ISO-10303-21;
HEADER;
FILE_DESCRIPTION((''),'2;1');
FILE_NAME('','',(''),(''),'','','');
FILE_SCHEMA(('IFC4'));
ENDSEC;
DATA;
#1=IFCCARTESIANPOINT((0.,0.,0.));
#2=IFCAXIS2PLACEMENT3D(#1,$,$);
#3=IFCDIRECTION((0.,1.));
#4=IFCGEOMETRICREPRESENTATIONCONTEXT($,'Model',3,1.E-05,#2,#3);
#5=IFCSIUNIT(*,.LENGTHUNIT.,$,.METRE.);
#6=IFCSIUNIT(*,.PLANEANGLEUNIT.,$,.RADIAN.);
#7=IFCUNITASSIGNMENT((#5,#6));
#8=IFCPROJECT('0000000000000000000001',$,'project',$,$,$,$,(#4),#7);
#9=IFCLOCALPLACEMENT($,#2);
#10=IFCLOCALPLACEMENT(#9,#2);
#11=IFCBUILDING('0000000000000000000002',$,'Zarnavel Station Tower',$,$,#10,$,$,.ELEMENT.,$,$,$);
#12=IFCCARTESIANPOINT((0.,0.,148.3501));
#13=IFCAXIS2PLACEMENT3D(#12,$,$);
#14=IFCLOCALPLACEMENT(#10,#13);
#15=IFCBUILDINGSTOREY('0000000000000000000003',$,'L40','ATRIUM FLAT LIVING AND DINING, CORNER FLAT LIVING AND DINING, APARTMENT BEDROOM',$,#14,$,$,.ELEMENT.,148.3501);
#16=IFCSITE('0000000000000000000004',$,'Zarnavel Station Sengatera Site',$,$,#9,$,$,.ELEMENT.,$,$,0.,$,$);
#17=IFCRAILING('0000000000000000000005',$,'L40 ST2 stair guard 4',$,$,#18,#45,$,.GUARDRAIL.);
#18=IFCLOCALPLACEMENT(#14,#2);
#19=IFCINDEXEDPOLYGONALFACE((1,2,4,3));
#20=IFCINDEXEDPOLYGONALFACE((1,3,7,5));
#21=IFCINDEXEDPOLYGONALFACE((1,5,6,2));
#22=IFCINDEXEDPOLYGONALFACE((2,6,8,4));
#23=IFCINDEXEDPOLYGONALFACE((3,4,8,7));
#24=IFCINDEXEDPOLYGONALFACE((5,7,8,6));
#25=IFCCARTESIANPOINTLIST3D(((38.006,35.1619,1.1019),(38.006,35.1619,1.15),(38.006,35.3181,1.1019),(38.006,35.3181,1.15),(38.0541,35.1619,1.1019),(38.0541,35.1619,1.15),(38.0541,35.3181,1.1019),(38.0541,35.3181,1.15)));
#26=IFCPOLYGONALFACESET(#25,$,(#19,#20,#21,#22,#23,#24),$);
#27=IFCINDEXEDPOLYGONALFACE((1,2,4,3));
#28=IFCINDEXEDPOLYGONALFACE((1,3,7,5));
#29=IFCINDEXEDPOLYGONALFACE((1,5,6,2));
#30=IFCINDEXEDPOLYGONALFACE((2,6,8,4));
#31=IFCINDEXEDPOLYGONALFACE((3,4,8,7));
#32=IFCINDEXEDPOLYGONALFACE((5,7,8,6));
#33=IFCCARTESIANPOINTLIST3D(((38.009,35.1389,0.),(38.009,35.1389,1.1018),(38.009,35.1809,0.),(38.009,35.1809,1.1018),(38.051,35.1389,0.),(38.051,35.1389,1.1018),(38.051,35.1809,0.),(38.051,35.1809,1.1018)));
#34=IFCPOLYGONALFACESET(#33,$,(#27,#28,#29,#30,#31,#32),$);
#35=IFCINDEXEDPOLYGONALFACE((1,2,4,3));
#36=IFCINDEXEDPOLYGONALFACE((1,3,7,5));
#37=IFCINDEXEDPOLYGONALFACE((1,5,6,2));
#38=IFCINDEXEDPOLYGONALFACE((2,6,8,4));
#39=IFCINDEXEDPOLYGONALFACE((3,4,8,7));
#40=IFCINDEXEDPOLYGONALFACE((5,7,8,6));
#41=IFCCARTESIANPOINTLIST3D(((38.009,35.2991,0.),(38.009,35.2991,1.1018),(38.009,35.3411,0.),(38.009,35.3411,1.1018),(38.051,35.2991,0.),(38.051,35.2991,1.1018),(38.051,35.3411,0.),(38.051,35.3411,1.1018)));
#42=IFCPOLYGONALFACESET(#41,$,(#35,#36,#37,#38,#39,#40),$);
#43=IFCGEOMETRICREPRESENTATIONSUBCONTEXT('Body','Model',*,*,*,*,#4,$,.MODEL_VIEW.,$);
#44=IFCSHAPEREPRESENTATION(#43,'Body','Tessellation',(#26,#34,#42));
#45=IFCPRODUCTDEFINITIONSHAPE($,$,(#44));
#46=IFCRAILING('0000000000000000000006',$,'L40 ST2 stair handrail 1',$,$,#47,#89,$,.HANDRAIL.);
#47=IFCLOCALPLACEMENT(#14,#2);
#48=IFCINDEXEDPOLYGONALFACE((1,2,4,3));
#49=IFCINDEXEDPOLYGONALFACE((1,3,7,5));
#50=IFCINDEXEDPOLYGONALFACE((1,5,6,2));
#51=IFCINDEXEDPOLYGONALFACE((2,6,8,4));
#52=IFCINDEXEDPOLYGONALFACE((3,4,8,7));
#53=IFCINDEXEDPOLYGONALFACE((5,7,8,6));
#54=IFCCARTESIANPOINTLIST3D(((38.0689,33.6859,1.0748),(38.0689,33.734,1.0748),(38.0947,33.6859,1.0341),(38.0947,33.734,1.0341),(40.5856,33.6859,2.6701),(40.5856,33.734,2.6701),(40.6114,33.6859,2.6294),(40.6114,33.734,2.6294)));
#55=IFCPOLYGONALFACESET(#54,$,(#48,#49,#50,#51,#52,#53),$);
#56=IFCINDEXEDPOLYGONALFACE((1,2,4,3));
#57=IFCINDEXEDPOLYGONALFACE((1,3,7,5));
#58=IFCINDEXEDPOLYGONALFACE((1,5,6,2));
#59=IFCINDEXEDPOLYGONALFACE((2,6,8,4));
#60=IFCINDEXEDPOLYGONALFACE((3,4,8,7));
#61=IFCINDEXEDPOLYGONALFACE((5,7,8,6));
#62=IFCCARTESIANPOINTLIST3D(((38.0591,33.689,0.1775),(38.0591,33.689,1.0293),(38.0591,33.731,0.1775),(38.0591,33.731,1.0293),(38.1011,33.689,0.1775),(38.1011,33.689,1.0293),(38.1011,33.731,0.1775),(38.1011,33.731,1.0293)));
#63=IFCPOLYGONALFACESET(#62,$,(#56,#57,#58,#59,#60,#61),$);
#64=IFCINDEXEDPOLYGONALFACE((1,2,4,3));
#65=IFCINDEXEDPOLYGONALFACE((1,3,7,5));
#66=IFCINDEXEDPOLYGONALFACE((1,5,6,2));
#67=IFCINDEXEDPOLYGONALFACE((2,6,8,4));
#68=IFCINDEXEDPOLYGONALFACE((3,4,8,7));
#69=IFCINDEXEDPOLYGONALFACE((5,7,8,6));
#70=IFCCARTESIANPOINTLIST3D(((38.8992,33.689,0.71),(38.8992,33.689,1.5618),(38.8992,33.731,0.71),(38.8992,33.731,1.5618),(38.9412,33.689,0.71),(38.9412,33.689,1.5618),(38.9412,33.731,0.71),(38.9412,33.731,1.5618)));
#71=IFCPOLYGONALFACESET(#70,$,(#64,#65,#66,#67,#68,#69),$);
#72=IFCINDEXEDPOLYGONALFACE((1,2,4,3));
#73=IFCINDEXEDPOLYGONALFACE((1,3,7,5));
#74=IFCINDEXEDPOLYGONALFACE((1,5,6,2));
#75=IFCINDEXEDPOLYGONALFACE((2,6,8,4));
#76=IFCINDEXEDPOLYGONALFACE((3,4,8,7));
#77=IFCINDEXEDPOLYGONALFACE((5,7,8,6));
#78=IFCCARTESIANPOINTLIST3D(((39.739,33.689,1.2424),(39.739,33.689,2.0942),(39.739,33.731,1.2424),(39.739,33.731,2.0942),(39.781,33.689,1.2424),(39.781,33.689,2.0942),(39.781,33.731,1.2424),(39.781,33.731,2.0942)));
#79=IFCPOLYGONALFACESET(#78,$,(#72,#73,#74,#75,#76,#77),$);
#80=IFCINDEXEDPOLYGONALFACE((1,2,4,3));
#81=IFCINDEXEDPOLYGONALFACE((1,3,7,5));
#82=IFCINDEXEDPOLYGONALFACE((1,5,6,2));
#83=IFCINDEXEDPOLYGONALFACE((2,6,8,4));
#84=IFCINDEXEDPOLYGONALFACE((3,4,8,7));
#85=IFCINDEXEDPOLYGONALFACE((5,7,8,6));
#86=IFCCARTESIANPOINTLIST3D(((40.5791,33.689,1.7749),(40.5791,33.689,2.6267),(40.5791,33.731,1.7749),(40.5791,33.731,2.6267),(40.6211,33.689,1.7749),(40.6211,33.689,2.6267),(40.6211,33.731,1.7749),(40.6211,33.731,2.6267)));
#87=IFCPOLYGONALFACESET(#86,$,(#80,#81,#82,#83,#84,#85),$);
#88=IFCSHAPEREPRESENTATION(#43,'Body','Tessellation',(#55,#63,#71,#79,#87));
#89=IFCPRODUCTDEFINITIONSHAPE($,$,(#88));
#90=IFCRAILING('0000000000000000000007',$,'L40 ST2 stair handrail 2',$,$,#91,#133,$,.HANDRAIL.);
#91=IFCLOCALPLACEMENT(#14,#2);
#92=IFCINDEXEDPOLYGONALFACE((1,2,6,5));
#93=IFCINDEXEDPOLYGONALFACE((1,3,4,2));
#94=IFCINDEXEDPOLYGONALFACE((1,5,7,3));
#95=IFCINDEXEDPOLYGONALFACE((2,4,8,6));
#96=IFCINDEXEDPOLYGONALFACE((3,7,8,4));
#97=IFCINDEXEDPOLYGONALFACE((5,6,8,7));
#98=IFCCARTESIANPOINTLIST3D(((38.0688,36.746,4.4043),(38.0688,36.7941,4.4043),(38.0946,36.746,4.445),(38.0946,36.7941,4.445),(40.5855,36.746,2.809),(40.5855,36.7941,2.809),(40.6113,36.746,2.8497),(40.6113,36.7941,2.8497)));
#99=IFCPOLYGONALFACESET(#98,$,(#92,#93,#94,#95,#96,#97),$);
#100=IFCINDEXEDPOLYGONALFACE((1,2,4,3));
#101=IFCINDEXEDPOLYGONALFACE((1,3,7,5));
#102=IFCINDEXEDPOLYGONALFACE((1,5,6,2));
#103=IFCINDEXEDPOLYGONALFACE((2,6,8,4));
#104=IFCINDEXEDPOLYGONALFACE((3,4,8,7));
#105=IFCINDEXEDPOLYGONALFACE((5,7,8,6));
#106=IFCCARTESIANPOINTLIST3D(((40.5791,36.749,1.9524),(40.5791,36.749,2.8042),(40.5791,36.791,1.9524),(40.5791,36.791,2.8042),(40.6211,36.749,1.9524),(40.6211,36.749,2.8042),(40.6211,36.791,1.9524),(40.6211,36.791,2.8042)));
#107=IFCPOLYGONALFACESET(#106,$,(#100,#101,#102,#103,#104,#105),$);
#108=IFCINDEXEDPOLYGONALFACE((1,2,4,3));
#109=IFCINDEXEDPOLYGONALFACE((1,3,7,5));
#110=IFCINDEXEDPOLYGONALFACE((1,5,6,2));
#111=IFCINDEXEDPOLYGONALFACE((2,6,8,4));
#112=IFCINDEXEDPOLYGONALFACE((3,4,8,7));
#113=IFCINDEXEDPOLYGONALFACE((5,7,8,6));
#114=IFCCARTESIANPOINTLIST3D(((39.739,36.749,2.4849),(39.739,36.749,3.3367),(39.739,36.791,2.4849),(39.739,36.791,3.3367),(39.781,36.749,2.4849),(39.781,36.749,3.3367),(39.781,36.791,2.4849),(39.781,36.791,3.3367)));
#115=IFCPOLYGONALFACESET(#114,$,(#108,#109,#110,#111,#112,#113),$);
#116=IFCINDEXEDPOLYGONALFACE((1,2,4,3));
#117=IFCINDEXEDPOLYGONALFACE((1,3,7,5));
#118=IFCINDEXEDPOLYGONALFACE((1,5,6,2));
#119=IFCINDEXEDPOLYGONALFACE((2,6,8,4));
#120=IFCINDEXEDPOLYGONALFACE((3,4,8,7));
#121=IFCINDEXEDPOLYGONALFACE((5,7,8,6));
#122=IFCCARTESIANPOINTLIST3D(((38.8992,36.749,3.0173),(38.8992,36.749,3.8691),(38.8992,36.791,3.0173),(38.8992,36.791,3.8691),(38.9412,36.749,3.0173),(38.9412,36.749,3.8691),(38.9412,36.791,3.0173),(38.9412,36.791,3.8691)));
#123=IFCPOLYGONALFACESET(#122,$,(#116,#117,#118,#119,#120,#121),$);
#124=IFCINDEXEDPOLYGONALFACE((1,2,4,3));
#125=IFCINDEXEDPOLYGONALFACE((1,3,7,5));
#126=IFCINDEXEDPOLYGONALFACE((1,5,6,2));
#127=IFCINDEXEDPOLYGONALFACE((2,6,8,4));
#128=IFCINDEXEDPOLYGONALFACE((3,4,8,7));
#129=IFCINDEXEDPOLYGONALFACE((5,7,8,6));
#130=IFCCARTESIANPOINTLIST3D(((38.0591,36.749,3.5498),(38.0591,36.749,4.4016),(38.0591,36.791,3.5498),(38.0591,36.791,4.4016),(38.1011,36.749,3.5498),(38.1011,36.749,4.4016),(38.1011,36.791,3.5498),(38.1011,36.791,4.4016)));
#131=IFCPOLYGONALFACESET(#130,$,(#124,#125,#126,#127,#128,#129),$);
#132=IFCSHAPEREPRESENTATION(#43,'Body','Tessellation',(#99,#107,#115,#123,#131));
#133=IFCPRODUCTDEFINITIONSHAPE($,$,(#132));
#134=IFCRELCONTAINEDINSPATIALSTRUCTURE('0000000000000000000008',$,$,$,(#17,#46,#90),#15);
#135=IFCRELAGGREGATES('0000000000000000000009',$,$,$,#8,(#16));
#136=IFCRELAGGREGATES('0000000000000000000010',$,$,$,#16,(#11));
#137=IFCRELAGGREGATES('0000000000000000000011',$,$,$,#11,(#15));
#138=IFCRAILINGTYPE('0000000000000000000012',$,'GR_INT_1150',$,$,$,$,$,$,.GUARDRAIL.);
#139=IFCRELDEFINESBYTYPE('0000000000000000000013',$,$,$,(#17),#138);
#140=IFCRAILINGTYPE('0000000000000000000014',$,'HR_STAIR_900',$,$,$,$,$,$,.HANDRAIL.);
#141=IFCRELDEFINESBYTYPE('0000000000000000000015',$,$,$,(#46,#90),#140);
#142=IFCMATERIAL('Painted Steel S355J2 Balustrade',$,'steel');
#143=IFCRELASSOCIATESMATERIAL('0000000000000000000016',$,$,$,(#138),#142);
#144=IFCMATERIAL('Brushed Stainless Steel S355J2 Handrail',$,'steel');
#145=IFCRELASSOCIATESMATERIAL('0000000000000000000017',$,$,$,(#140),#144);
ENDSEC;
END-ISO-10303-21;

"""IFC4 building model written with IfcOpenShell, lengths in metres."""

from ifc_helpers import new_model, si_unit, direction, frame, origin, origin_2d, place, context, subcontext, project, spatial, rectangle, extrude, material, type_object, element, save


model = new_model("IFC4")

# Units and contexts
model_context = context("Model", 3, precision=1e-05, world=origin(), true_north=direction((0.0, 1.0)))
body_context = subcontext(model_context, "Body", "Model", "MODEL_VIEW")
ifc_project = project(units=[si_unit("LENGTHUNIT", "METRE"), si_unit("PLANEANGLEUNIT", "RADIAN")], contexts=[model_context])

# Site, building, storey
site_placement = place(None, origin())
site = spatial("IfcSite", under=ifc_project, at=site_placement, Name="Zarnavel Station Sengatera Site", CompositionType="ELEMENT", RefElevation=0.0)
building_placement = place(site_placement, origin())
building = spatial("IfcBuilding", under=site, at=building_placement, Name="Zarnavel Station Tower", CompositionType="ELEMENT")
storey_placement = place(building_placement, frame((0.0, 0.0, 148.3501)))
storey = spatial("IfcBuildingStorey", under=building, at=storey_placement, Name="L40", Description="ATRIUM FLAT LIVING AND DINING, CORNER FLAT LIVING AND DINING, APARTMENT BEDROOM", CompositionType="ELEMENT", Elevation=148.3501)

# Railings
ifc_material_1 = material(Name="Painted Steel S355J2 Balustrade", Category="steel")
railing_type_1 = type_object("IfcRailingType", Name="GR_INT_1150", PredefinedType="GUARDRAIL", material=ifc_material_1)
railing_1_placement = place(storey_placement, frame((38.03, 35.1599, 0.0)))
element("IfcRailing", 1, at=railing_1_placement, inside=storey, type_object=railing_type_1, Name="L40 ST2 stair guard 4", PredefinedType="GUARDRAIL", context=body_context, shape_type="SweptSolid", body=[
    extrude(rectangle(XDim=0.0481, YDim=0.0481, at=origin_2d()), frame((0.0, 0.002, 1.126), z_axis=(0.0, 1.0, 0.0), x_axis=(-1.0, 0.0, 0.0)), (0.0, 0.0, 1.0), 0.1562),
    extrude(rectangle(XDim=0.042, YDim=0.042, at=origin_2d()), origin(), (0.0, 0.0, 1.0), 1.1018),
    extrude(rectangle(XDim=0.042, YDim=0.042, at=origin_2d()), frame((0.0, 0.1602, 0.0)), (0.0, 0.0, 1.0), 1.1018),
])
ifc_material_2 = material(Name="Brushed Stainless Steel S355J2 Handrail", Category="steel")
railing_type_2 = type_object("IfcRailingType", Name="HR_STAIR_900", PredefinedType="HANDRAIL", material=ifc_material_2)
railing_2_placement = place(storey_placement, frame((38.0801, 33.71, 0.1775)))
element("IfcRailing", 2, at=railing_2_placement, inside=storey, type_object=railing_type_2, Name="L40 ST2 stair handrail 1", PredefinedType="HANDRAIL", context=body_context, shape_type="SweptSolid", body=[
    extrude(rectangle(XDim=0.0481, YDim=0.0481, at=origin_2d()), frame((0.0017, 0.0, 0.877), z_axis=(0.844607, 0.0, 0.535387), x_axis=(0.0, 1.0, 0.0)), (0.0, 0.0, 1.0), 2.9797),
    extrude(rectangle(XDim=0.042, YDim=0.042, at=origin_2d()), origin(), (0.0, 0.0, 1.0), 0.8518),
    extrude(rectangle(XDim=0.042, YDim=0.042, at=origin_2d()), frame((0.8401, 0.0, 0.5325)), (0.0, 0.0, 1.0), 0.8518),
    extrude(rectangle(XDim=0.042, YDim=0.042, at=origin_2d()), frame((1.6799, 0.0, 1.0649)), (0.0, 0.0, 1.0), 0.8518),
    extrude(rectangle(XDim=0.042, YDim=0.042, at=origin_2d()), frame((2.52, 0.0, 1.5974)), (0.0, 0.0, 1.0), 0.8518),
])
railing_3_placement = place(storey_placement, frame((40.6001, 36.77, 1.9524)))
element("IfcRailing", 3, at=railing_3_placement, inside=storey, type_object=railing_type_2, Name="L40 ST2 stair handrail 2", PredefinedType="HANDRAIL", context=body_context, shape_type="SweptSolid", body=[
    extrude(rectangle(XDim=0.0481, YDim=0.0481, at=origin_2d()), frame((-0.0017, 0.0, 0.877), z_axis=(-0.844607, 0.0, 0.535387), x_axis=(0.0, -1.0, 0.0)), (0.0, 0.0, 1.0), 2.9797),
    extrude(rectangle(XDim=0.042, YDim=0.042, at=origin_2d()), origin(), (0.0, 0.0, 1.0), 0.8518),
    extrude(rectangle(XDim=0.042, YDim=0.042, at=origin_2d()), frame((-0.8401, 0.0, 0.5325)), (0.0, 0.0, 1.0), 0.8518),
    extrude(rectangle(XDim=0.042, YDim=0.042, at=origin_2d()), frame((-1.6799, 0.0, 1.0649)), (0.0, 0.0, 1.0), 0.8518),
    extrude(rectangle(XDim=0.042, YDim=0.042, at=origin_2d()), frame((-2.52, 0.0, 1.5974)), (0.0, 0.0, 1.0), 0.8518),
])

save(model, "model.ifc")
